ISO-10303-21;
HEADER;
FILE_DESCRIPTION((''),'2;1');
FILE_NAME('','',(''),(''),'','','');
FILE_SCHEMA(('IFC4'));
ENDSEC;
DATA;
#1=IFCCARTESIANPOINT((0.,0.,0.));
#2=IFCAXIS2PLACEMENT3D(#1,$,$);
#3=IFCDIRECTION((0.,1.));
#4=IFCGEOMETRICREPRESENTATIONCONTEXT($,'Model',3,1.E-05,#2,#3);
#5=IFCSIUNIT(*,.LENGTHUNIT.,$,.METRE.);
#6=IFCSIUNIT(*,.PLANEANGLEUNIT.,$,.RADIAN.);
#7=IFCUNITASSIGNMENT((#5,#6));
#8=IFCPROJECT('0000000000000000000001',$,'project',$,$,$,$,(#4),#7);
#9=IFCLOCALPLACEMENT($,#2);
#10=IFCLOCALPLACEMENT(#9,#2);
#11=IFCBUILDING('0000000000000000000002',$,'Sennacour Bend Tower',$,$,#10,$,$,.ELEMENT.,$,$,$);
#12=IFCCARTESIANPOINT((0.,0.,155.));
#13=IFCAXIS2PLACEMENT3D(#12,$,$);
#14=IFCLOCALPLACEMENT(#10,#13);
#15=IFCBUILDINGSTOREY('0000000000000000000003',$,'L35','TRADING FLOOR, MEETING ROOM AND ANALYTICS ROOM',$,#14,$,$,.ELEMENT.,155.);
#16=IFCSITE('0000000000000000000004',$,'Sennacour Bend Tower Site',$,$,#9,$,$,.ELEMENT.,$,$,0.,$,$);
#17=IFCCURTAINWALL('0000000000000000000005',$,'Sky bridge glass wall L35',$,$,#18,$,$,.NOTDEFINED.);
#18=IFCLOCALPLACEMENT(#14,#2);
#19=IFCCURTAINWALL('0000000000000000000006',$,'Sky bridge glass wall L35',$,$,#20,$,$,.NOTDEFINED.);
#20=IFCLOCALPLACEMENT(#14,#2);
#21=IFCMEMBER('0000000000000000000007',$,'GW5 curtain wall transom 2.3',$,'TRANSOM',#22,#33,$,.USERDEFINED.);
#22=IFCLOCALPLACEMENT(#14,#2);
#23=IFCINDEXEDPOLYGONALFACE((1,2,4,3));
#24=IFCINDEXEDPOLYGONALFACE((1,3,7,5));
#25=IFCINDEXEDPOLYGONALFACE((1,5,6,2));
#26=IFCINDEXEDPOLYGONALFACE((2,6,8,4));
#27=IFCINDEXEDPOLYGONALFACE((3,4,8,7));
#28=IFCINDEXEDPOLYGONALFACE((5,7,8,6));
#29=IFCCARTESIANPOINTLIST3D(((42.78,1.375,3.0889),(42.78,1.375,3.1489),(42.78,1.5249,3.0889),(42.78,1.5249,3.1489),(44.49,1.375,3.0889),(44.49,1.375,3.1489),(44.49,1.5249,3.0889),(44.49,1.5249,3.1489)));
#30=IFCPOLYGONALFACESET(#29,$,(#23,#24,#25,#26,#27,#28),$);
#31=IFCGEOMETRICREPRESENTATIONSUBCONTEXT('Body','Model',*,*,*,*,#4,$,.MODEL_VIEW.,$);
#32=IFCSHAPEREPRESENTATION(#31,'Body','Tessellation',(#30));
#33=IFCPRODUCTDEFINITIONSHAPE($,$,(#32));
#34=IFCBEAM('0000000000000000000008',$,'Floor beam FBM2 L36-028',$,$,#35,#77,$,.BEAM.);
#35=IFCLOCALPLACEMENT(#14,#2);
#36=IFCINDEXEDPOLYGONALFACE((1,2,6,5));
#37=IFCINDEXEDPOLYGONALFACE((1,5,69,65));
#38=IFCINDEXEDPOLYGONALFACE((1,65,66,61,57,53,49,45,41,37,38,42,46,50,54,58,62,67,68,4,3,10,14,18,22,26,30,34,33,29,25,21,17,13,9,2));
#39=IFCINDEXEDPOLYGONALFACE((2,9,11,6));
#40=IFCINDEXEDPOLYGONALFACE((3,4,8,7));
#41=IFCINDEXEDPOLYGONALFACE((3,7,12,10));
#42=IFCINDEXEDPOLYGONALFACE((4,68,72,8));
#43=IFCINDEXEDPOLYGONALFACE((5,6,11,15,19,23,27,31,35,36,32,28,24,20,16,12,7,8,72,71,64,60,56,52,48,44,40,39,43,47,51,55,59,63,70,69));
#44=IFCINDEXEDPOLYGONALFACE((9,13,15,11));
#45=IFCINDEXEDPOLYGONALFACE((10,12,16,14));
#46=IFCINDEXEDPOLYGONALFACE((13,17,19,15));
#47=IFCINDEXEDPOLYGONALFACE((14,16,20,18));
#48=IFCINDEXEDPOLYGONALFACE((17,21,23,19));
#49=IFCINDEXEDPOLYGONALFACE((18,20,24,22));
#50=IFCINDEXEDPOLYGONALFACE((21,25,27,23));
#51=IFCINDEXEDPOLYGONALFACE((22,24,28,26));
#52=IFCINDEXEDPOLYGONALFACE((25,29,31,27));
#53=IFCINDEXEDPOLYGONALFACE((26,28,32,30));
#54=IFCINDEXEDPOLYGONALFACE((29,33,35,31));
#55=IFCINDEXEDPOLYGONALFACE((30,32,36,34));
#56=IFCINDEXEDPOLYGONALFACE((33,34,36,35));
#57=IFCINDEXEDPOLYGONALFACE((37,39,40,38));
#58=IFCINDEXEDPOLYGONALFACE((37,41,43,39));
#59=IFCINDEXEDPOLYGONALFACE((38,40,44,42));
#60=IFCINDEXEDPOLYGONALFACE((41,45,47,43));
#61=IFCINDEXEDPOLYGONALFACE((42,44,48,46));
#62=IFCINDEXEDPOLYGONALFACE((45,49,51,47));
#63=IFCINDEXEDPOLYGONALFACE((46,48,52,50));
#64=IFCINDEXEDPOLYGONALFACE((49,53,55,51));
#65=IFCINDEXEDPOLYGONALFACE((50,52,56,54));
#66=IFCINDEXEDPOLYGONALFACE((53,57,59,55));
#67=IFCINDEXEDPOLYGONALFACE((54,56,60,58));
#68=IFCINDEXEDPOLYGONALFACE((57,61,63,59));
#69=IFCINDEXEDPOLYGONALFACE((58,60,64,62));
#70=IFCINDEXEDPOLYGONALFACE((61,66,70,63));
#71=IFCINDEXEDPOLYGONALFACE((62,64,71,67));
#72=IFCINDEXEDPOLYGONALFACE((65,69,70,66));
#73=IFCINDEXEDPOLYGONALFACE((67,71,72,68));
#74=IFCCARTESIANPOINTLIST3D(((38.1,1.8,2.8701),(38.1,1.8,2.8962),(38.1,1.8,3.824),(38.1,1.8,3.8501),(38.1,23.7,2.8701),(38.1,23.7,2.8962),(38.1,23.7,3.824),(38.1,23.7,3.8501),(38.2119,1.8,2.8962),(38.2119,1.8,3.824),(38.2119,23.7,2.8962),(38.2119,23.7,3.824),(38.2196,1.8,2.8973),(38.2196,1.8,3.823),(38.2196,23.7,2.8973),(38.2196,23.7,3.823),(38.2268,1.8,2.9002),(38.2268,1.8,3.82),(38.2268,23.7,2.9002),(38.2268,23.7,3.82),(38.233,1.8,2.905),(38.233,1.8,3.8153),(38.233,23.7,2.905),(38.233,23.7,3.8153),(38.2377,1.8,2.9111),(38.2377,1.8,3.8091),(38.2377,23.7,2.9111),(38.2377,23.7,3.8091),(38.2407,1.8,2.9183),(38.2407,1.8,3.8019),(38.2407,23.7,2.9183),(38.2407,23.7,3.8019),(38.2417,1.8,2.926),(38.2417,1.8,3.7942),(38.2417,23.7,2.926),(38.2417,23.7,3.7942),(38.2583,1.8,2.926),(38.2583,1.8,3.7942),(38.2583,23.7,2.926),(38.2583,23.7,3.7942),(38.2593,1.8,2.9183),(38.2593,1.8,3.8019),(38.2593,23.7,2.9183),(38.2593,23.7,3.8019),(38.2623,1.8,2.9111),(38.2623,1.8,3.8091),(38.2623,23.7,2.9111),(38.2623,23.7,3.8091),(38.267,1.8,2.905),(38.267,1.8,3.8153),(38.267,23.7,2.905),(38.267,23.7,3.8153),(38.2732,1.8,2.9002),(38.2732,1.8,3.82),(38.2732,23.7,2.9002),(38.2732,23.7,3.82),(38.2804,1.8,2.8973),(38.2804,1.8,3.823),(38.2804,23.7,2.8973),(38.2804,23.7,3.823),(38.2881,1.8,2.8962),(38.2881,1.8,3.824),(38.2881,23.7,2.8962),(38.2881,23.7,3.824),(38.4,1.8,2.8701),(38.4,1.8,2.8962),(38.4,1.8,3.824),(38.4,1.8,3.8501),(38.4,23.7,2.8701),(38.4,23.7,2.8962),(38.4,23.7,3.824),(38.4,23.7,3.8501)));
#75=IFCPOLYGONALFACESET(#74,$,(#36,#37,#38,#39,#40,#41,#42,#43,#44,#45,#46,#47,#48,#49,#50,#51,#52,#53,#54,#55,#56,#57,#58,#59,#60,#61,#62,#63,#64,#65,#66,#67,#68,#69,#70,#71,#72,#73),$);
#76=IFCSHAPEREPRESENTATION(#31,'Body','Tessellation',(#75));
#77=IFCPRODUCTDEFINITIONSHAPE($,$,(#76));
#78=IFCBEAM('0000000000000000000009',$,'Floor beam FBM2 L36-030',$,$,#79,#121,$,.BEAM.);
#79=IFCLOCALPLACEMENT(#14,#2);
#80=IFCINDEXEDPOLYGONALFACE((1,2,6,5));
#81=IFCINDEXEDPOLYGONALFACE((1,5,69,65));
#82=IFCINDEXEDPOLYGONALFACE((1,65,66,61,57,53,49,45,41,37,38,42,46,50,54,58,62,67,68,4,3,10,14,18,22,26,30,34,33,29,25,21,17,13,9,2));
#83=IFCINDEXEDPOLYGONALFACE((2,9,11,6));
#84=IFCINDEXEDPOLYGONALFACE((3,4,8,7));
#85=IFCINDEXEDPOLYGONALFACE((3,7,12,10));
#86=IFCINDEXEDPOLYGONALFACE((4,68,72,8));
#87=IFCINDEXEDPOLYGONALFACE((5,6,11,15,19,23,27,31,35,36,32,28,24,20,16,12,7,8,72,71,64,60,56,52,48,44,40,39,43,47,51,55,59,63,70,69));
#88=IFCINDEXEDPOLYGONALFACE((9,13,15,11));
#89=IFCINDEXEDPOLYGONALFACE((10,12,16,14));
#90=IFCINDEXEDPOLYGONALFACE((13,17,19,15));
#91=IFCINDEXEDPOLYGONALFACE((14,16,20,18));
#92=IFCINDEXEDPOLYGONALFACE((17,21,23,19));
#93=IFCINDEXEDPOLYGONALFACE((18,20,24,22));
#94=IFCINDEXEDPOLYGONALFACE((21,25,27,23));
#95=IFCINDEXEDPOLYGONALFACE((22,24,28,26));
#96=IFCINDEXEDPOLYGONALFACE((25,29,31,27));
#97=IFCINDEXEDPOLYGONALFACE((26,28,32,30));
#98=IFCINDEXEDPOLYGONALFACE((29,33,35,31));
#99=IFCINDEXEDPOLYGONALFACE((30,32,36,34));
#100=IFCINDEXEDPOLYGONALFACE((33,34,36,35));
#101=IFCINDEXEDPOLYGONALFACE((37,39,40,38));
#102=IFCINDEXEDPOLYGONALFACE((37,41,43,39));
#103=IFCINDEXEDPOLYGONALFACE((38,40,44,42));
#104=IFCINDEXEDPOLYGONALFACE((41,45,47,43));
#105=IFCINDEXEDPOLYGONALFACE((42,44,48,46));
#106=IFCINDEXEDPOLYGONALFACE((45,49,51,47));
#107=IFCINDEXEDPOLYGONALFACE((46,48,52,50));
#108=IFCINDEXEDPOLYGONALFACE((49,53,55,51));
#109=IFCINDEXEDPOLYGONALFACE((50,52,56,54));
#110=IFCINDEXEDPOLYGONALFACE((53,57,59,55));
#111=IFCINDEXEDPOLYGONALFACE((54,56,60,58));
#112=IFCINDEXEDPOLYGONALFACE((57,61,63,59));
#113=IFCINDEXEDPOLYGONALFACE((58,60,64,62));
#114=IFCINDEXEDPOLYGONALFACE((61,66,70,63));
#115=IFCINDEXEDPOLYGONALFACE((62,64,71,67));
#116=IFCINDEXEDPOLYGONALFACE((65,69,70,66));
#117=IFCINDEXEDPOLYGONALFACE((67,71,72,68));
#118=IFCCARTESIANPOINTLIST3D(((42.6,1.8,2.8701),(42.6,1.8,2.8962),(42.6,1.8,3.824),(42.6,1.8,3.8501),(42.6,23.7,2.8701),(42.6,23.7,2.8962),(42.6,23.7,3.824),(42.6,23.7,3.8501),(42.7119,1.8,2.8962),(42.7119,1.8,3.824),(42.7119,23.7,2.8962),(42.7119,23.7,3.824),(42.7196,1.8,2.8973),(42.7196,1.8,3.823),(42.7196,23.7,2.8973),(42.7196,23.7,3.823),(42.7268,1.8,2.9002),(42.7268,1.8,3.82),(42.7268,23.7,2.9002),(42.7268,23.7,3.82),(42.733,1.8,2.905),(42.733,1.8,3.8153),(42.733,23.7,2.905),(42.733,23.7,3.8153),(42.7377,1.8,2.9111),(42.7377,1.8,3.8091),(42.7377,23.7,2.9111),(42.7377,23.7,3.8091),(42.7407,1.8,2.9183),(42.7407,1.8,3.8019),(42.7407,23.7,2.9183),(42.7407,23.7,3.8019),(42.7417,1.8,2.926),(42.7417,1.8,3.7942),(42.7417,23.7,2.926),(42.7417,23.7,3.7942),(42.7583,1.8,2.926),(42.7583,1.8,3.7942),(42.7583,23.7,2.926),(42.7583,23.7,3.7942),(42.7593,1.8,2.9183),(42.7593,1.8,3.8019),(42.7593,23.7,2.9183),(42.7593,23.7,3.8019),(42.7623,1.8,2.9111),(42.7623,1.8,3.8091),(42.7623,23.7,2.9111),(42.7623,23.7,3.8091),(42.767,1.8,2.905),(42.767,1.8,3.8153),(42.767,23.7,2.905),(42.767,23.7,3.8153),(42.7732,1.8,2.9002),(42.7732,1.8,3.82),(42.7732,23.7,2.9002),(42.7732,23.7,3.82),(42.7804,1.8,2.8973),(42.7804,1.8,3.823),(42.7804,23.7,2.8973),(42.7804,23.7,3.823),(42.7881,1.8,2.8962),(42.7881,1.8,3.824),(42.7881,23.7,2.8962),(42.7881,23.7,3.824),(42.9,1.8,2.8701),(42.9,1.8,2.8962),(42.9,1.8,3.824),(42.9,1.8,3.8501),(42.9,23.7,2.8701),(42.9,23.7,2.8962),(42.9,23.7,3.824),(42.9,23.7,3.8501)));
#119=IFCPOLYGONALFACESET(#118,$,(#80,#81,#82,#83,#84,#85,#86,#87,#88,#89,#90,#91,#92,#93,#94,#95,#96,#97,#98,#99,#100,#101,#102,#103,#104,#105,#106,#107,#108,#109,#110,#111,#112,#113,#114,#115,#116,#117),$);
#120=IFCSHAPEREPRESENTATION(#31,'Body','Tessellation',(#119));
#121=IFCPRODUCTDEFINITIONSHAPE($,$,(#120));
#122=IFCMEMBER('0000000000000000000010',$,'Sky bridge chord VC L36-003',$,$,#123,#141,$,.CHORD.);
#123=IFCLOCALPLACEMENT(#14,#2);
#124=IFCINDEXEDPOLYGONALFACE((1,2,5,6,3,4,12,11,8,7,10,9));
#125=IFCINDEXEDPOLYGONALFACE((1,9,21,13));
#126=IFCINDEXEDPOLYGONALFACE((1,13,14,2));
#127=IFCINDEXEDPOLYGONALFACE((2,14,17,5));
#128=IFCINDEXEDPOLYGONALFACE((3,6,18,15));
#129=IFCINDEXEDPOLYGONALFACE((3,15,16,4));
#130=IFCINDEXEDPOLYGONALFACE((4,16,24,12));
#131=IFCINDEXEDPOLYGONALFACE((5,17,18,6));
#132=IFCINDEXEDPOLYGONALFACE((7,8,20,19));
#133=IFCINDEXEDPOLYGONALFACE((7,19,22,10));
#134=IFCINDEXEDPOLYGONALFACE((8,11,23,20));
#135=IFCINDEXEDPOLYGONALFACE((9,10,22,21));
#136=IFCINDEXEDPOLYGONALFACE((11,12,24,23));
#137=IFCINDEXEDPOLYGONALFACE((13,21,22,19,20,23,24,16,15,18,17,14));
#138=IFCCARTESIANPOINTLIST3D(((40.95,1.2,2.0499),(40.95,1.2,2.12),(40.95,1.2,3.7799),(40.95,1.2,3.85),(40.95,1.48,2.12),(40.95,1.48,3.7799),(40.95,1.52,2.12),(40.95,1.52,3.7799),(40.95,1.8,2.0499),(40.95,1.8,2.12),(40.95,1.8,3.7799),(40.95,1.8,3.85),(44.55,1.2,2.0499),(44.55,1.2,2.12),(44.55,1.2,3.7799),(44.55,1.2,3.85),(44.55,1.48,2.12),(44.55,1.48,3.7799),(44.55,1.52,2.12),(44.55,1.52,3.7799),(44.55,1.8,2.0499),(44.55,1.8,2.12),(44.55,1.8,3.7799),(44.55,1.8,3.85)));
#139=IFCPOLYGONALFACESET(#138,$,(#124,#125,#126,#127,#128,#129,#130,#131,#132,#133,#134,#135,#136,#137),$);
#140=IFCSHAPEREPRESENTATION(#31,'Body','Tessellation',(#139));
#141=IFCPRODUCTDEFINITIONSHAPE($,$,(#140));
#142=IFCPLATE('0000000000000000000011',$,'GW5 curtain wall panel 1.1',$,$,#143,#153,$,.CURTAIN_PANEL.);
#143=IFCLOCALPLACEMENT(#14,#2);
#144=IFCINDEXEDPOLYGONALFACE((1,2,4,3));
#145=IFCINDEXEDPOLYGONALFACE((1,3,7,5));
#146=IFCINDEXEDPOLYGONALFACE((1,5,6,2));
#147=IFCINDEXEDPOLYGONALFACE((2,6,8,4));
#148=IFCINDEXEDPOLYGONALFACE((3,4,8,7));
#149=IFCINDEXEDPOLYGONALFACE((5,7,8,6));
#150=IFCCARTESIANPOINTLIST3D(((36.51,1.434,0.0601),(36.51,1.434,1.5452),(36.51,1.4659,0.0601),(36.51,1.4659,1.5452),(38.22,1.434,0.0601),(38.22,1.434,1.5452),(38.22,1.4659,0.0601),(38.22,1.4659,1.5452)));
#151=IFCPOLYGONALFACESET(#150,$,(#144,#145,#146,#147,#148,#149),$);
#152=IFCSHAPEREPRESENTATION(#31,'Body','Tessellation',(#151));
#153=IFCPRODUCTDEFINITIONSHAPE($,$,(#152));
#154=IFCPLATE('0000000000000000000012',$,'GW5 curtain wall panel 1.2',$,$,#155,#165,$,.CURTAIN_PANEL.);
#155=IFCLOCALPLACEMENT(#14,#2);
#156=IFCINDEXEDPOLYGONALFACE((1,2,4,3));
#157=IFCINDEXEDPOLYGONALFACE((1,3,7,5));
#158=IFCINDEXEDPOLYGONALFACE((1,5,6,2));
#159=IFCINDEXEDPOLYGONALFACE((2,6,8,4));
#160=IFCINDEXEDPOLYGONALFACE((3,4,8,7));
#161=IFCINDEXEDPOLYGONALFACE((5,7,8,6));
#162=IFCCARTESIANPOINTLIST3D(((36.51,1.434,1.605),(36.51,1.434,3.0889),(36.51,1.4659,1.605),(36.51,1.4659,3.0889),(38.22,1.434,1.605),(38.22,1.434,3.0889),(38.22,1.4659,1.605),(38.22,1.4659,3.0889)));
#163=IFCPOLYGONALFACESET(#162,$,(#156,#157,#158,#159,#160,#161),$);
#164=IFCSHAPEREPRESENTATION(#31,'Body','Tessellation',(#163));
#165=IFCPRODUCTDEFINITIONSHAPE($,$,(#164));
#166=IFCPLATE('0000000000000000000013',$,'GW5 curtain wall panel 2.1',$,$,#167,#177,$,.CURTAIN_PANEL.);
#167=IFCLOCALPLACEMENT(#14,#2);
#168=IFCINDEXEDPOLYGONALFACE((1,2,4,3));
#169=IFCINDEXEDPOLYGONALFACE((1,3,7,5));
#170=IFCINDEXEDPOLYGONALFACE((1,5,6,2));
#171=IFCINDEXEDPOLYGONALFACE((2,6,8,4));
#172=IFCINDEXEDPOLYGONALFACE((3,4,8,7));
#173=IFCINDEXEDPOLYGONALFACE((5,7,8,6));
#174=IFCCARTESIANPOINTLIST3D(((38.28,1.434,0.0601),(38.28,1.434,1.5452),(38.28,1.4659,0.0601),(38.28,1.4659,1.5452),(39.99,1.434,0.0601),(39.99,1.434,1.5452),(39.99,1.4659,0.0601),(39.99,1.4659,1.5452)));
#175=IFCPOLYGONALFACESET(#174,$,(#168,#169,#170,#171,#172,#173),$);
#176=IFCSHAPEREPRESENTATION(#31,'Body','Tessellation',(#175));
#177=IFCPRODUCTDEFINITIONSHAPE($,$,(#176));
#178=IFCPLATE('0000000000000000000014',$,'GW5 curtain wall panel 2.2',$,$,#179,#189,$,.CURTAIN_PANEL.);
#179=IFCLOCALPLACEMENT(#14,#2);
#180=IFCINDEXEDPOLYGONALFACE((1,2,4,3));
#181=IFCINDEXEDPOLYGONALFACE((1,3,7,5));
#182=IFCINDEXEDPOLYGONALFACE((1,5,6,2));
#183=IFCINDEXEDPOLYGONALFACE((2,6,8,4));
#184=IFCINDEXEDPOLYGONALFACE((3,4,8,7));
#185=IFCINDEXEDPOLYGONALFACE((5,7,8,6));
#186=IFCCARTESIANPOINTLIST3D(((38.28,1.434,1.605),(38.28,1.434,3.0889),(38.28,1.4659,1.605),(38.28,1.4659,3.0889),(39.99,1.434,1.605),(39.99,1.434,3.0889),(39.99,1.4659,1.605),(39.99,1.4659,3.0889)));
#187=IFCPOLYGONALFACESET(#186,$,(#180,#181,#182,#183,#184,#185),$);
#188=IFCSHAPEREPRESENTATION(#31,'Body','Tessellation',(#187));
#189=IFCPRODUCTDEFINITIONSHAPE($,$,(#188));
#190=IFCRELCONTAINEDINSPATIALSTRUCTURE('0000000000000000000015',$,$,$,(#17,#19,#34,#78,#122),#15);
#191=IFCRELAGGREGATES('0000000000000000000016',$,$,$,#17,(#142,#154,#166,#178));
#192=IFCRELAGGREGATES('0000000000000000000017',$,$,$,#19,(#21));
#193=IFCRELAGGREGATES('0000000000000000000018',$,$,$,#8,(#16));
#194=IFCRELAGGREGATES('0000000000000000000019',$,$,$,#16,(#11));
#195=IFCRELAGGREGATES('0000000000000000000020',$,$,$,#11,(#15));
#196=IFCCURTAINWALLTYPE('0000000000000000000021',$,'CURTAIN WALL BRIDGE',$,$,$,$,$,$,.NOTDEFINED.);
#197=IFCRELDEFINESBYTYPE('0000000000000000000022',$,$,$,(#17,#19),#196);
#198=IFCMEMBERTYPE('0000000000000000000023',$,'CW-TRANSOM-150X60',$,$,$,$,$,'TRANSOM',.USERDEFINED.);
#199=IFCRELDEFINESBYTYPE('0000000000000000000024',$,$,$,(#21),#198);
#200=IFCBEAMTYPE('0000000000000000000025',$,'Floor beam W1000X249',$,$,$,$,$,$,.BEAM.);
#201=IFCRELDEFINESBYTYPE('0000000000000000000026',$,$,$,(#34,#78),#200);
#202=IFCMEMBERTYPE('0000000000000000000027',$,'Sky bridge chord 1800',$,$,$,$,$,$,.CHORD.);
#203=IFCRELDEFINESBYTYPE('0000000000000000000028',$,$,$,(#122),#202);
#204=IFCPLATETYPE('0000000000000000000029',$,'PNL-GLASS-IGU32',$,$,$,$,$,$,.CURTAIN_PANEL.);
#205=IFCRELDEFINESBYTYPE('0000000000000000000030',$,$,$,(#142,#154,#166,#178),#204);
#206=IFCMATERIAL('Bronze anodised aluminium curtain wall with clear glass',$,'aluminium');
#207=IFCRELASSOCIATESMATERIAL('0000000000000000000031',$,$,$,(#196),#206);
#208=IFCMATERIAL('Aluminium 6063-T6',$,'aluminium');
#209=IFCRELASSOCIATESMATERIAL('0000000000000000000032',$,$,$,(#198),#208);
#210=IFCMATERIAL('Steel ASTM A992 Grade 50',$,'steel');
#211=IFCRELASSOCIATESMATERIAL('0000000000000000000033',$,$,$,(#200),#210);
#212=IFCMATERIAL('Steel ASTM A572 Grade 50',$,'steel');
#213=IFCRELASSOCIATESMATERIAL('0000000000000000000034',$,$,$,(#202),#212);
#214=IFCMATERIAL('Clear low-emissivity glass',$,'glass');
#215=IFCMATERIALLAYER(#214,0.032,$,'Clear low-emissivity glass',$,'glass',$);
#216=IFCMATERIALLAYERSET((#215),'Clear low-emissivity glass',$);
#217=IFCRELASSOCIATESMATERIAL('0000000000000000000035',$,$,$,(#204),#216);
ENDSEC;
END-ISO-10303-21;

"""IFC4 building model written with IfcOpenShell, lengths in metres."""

from ifc_helpers import new_model, si_unit, direction, frame, origin, origin_2d, place, context, subcontext, project, spatial, rectangle, i_section, extrude, material, layer, layer_set, material_profile, profile_set, type_object, element, aggregate, save


model = new_model("IFC4")

# Units and contexts
model_context = context("Model", 3, precision=1e-05, world=origin(), true_north=direction((0.0, 1.0)))
body_context = subcontext(model_context, "Body", "Model", "MODEL_VIEW")
ifc_project = project(units=[si_unit("LENGTHUNIT", "METRE"), si_unit("PLANEANGLEUNIT", "RADIAN")], contexts=[model_context])

# Site, building, storey
site_placement = place(None, origin())
site = spatial("IfcSite", under=ifc_project, at=site_placement, Name="Sennacour Bend Tower Site", CompositionType="ELEMENT", RefElevation=0.0)
building_placement = place(site_placement, origin())
building = spatial("IfcBuilding", under=site, at=building_placement, Name="Sennacour Bend Tower", CompositionType="ELEMENT")
storey_placement = place(building_placement, frame((0.0, 0.0, 155.0)))
storey = spatial("IfcBuildingStorey", under=building, at=storey_placement, Name="L35", Description="TRADING FLOOR, MEETING ROOM AND ANALYTICS ROOM", CompositionType="ELEMENT", Elevation=155.0)

# Shared definitions
ifc_material_1 = material(Name="Steel ASTM A572 Grade 50", Category="steel")

# Curtain walls
ifc_material_2 = material(Name="Bronze anodised aluminium curtain wall with clear glass", Category="aluminium")
curtain_wall_type = type_object("IfcCurtainWallType", Name="CURTAIN WALL BRIDGE", PredefinedType="NOTDEFINED", material=ifc_material_2)
curtain_wall_1_placement = place(storey_placement, origin())
curtain_wall_1 = element("IfcCurtainWall", 1, at=curtain_wall_1_placement, inside=storey, type_object=curtain_wall_type, Name="Sky bridge glass wall L35", PredefinedType="NOTDEFINED")
ifc_material_3 = material(Name="Aluminium 6063-T6", Category="aluminium")
curtain_wall_2_placement = place(storey_placement, origin())
curtain_wall_2 = element("IfcCurtainWall", 2, at=curtain_wall_2_placement, inside=storey, type_object=curtain_wall_type, Name="Sky bridge glass wall L35", PredefinedType="NOTDEFINED")

# Member
ifc_material_profile_1 = material_profile(ifc_material_3, rectangle(XDim=0.1499, YDim=0.0601, at=origin_2d()), Name="Aluminium 6063-T6", Category="aluminium")
ifc_profile_set_1 = profile_set([ifc_material_profile_1], Name="Aluminium 6063-T6")
member_type_1 = type_object("IfcMemberType", Name="CW-TRANSOM-150X60", ElementType="TRANSOM", PredefinedType="USERDEFINED", material=ifc_profile_set_1)
member_1_placement = place(storey_placement, frame((42.78, 1.45, 3.1189), z_axis=(1.0, 0.0, 0.0), x_axis=(0.0, 1.0, 0.0)))
member_1 = element("IfcMember", 3, at=member_1_placement, type_object=member_type_1, Name="GW5 curtain wall transom 2.3", ObjectType="TRANSOM", PredefinedType="USERDEFINED", context=body_context, shape_type="SweptSolid", body=[
    extrude(rectangle(XDim=0.1499, YDim=0.0601, at=origin_2d()), origin(), (0.0, 0.0, 1.0), 1.71),
])

# Beams
ifc_material_4 = material(Name="Steel ASTM A992 Grade 50", Category="steel")
ifc_material_profile_2 = material_profile(ifc_material_4, i_section(OverallWidth=0.3, OverallDepth=0.98, WebThickness=0.0166, FlangeThickness=0.0261, FilletRadius=0.0298, at=origin_2d()), Name="Steel ASTM A992 Grade 50", Category="steel")
ifc_profile_set_2 = profile_set([ifc_material_profile_2], Name="Steel ASTM A992 Grade 50")
beam_type = type_object("IfcBeamType", Name="Floor beam W1000X249", PredefinedType="BEAM", material=ifc_profile_set_2)
for number, where, z_axis, x_axis, name in (
    (4, (38.25, 1.8, 3.3601), (0.0, 1.0, 0.0), (-1.0, 0.0, 0.0), "Floor beam FBM2 L36-028"),
    (5, (42.75, 1.8, 3.3601), (0.0, 1.0, 0.0), (-1.0, 0.0, 0.0), "Floor beam FBM2 L36-030"),
):
    element("IfcBeam", number, at=place(storey_placement, frame(where, z_axis=z_axis, x_axis=x_axis)), inside=storey, type_object=beam_type, Name=name, PredefinedType="BEAM", context=body_context, shape_type="SweptSolid", body=[
        extrude(i_section(OverallWidth=0.3, OverallDepth=0.98, WebThickness=0.0166, FlangeThickness=0.0261, FilletRadius=0.0298, at=origin_2d()), origin(), (0.0, 0.0, 1.0), 21.8999),
    ])

# Member
ifc_material_profile_3 = material_profile(ifc_material_1, i_section(OverallWidth=0.6001, OverallDepth=1.8, WebThickness=0.04, FlangeThickness=0.0701, at=origin_2d()), Name="Steel ASTM A572 Grade 50", Category="steel")
ifc_profile_set_3 = profile_set([ifc_material_profile_3], Name="Steel ASTM A572 Grade 50")
member_type_2 = type_object("IfcMemberType", Name="Sky bridge chord 1800", PredefinedType="CHORD", material=ifc_profile_set_3)
member_2_placement = place(storey_placement, frame((40.95, 1.5, 2.95), z_axis=(1.0, 0.0, 0.0), x_axis=(0.0, 1.0, 0.0)))
element("IfcMember", 6, at=member_2_placement, inside=storey, type_object=member_type_2, Name="Sky bridge chord VC L36-003", PredefinedType="CHORD", context=body_context, shape_type="SweptSolid", body=[
    extrude(i_section(OverallWidth=0.6001, OverallDepth=1.8, WebThickness=0.04, FlangeThickness=0.0701, at=origin_2d()), origin(), (0.0, 0.0, 1.0), 3.6001),
])

# Plates
ifc_material_5 = material(Name="Clear low-emissivity glass", Category="glass")
ifc_layer_1 = layer(ifc_material_5, 0.032, Name="Clear low-emissivity glass", Category="glass")
ifc_layer_set_1 = layer_set([ifc_layer_1], Name="Clear low-emissivity glass")
plate_type = type_object("IfcPlateType", Name="PNL-GLASS-IGU32", PredefinedType="CURTAIN_PANEL", material=ifc_layer_set_1)
plate_1_placement = place(storey_placement, frame((37.365, 1.45, 0.0601), z_axis=(0.0, 0.0, 1.0), x_axis=(1.0, 0.0, 0.0)))
plate_1 = element("IfcPlate", 7, at=plate_1_placement, type_object=plate_type, Name="GW5 curtain wall panel 1.1", PredefinedType="CURTAIN_PANEL", context=body_context, shape_type="SweptSolid", body=[
    extrude(rectangle(XDim=1.71, YDim=0.032, at=origin_2d()), origin(), (0.0, 0.0, 1.0), 1.4851),
])
plate_2_placement = place(storey_placement, frame((37.365, 1.45, 1.605), z_axis=(0.0, 0.0, 1.0), x_axis=(1.0, 0.0, 0.0)))
plate_2 = element("IfcPlate", 8, at=plate_2_placement, type_object=plate_type, Name="GW5 curtain wall panel 1.2", PredefinedType="CURTAIN_PANEL", context=body_context, shape_type="SweptSolid", body=[
    extrude(rectangle(XDim=1.71, YDim=0.032, at=origin_2d()), origin(), (0.0, 0.0, 1.0), 1.4839),
])
plate_3_placement = place(storey_placement, frame((39.135, 1.45, 0.0601), z_axis=(0.0, 0.0, 1.0), x_axis=(1.0, 0.0, 0.0)))
plate_3 = element("IfcPlate", 9, at=plate_3_placement, type_object=plate_type, Name="GW5 curtain wall panel 2.1", PredefinedType="CURTAIN_PANEL", context=body_context, shape_type="SweptSolid", body=[
    extrude(rectangle(XDim=1.71, YDim=0.032, at=origin_2d()), origin(), (0.0, 0.0, 1.0), 1.4851),
])
plate_4_placement = place(storey_placement, frame((39.135, 1.45, 1.605), z_axis=(0.0, 0.0, 1.0), x_axis=(1.0, 0.0, 0.0)))
plate_4 = element("IfcPlate", 10, at=plate_4_placement, type_object=plate_type, Name="GW5 curtain wall panel 2.2", PredefinedType="CURTAIN_PANEL", context=body_context, shape_type="SweptSolid", body=[
    extrude(rectangle(XDim=1.71, YDim=0.032, at=origin_2d()), origin(), (0.0, 0.0, 1.0), 1.4839),
])
aggregate(curtain_wall_1, [plate_1, plate_2, plate_3, plate_4])
aggregate(curtain_wall_2, [member_1])

save(model, "model.ifc")
